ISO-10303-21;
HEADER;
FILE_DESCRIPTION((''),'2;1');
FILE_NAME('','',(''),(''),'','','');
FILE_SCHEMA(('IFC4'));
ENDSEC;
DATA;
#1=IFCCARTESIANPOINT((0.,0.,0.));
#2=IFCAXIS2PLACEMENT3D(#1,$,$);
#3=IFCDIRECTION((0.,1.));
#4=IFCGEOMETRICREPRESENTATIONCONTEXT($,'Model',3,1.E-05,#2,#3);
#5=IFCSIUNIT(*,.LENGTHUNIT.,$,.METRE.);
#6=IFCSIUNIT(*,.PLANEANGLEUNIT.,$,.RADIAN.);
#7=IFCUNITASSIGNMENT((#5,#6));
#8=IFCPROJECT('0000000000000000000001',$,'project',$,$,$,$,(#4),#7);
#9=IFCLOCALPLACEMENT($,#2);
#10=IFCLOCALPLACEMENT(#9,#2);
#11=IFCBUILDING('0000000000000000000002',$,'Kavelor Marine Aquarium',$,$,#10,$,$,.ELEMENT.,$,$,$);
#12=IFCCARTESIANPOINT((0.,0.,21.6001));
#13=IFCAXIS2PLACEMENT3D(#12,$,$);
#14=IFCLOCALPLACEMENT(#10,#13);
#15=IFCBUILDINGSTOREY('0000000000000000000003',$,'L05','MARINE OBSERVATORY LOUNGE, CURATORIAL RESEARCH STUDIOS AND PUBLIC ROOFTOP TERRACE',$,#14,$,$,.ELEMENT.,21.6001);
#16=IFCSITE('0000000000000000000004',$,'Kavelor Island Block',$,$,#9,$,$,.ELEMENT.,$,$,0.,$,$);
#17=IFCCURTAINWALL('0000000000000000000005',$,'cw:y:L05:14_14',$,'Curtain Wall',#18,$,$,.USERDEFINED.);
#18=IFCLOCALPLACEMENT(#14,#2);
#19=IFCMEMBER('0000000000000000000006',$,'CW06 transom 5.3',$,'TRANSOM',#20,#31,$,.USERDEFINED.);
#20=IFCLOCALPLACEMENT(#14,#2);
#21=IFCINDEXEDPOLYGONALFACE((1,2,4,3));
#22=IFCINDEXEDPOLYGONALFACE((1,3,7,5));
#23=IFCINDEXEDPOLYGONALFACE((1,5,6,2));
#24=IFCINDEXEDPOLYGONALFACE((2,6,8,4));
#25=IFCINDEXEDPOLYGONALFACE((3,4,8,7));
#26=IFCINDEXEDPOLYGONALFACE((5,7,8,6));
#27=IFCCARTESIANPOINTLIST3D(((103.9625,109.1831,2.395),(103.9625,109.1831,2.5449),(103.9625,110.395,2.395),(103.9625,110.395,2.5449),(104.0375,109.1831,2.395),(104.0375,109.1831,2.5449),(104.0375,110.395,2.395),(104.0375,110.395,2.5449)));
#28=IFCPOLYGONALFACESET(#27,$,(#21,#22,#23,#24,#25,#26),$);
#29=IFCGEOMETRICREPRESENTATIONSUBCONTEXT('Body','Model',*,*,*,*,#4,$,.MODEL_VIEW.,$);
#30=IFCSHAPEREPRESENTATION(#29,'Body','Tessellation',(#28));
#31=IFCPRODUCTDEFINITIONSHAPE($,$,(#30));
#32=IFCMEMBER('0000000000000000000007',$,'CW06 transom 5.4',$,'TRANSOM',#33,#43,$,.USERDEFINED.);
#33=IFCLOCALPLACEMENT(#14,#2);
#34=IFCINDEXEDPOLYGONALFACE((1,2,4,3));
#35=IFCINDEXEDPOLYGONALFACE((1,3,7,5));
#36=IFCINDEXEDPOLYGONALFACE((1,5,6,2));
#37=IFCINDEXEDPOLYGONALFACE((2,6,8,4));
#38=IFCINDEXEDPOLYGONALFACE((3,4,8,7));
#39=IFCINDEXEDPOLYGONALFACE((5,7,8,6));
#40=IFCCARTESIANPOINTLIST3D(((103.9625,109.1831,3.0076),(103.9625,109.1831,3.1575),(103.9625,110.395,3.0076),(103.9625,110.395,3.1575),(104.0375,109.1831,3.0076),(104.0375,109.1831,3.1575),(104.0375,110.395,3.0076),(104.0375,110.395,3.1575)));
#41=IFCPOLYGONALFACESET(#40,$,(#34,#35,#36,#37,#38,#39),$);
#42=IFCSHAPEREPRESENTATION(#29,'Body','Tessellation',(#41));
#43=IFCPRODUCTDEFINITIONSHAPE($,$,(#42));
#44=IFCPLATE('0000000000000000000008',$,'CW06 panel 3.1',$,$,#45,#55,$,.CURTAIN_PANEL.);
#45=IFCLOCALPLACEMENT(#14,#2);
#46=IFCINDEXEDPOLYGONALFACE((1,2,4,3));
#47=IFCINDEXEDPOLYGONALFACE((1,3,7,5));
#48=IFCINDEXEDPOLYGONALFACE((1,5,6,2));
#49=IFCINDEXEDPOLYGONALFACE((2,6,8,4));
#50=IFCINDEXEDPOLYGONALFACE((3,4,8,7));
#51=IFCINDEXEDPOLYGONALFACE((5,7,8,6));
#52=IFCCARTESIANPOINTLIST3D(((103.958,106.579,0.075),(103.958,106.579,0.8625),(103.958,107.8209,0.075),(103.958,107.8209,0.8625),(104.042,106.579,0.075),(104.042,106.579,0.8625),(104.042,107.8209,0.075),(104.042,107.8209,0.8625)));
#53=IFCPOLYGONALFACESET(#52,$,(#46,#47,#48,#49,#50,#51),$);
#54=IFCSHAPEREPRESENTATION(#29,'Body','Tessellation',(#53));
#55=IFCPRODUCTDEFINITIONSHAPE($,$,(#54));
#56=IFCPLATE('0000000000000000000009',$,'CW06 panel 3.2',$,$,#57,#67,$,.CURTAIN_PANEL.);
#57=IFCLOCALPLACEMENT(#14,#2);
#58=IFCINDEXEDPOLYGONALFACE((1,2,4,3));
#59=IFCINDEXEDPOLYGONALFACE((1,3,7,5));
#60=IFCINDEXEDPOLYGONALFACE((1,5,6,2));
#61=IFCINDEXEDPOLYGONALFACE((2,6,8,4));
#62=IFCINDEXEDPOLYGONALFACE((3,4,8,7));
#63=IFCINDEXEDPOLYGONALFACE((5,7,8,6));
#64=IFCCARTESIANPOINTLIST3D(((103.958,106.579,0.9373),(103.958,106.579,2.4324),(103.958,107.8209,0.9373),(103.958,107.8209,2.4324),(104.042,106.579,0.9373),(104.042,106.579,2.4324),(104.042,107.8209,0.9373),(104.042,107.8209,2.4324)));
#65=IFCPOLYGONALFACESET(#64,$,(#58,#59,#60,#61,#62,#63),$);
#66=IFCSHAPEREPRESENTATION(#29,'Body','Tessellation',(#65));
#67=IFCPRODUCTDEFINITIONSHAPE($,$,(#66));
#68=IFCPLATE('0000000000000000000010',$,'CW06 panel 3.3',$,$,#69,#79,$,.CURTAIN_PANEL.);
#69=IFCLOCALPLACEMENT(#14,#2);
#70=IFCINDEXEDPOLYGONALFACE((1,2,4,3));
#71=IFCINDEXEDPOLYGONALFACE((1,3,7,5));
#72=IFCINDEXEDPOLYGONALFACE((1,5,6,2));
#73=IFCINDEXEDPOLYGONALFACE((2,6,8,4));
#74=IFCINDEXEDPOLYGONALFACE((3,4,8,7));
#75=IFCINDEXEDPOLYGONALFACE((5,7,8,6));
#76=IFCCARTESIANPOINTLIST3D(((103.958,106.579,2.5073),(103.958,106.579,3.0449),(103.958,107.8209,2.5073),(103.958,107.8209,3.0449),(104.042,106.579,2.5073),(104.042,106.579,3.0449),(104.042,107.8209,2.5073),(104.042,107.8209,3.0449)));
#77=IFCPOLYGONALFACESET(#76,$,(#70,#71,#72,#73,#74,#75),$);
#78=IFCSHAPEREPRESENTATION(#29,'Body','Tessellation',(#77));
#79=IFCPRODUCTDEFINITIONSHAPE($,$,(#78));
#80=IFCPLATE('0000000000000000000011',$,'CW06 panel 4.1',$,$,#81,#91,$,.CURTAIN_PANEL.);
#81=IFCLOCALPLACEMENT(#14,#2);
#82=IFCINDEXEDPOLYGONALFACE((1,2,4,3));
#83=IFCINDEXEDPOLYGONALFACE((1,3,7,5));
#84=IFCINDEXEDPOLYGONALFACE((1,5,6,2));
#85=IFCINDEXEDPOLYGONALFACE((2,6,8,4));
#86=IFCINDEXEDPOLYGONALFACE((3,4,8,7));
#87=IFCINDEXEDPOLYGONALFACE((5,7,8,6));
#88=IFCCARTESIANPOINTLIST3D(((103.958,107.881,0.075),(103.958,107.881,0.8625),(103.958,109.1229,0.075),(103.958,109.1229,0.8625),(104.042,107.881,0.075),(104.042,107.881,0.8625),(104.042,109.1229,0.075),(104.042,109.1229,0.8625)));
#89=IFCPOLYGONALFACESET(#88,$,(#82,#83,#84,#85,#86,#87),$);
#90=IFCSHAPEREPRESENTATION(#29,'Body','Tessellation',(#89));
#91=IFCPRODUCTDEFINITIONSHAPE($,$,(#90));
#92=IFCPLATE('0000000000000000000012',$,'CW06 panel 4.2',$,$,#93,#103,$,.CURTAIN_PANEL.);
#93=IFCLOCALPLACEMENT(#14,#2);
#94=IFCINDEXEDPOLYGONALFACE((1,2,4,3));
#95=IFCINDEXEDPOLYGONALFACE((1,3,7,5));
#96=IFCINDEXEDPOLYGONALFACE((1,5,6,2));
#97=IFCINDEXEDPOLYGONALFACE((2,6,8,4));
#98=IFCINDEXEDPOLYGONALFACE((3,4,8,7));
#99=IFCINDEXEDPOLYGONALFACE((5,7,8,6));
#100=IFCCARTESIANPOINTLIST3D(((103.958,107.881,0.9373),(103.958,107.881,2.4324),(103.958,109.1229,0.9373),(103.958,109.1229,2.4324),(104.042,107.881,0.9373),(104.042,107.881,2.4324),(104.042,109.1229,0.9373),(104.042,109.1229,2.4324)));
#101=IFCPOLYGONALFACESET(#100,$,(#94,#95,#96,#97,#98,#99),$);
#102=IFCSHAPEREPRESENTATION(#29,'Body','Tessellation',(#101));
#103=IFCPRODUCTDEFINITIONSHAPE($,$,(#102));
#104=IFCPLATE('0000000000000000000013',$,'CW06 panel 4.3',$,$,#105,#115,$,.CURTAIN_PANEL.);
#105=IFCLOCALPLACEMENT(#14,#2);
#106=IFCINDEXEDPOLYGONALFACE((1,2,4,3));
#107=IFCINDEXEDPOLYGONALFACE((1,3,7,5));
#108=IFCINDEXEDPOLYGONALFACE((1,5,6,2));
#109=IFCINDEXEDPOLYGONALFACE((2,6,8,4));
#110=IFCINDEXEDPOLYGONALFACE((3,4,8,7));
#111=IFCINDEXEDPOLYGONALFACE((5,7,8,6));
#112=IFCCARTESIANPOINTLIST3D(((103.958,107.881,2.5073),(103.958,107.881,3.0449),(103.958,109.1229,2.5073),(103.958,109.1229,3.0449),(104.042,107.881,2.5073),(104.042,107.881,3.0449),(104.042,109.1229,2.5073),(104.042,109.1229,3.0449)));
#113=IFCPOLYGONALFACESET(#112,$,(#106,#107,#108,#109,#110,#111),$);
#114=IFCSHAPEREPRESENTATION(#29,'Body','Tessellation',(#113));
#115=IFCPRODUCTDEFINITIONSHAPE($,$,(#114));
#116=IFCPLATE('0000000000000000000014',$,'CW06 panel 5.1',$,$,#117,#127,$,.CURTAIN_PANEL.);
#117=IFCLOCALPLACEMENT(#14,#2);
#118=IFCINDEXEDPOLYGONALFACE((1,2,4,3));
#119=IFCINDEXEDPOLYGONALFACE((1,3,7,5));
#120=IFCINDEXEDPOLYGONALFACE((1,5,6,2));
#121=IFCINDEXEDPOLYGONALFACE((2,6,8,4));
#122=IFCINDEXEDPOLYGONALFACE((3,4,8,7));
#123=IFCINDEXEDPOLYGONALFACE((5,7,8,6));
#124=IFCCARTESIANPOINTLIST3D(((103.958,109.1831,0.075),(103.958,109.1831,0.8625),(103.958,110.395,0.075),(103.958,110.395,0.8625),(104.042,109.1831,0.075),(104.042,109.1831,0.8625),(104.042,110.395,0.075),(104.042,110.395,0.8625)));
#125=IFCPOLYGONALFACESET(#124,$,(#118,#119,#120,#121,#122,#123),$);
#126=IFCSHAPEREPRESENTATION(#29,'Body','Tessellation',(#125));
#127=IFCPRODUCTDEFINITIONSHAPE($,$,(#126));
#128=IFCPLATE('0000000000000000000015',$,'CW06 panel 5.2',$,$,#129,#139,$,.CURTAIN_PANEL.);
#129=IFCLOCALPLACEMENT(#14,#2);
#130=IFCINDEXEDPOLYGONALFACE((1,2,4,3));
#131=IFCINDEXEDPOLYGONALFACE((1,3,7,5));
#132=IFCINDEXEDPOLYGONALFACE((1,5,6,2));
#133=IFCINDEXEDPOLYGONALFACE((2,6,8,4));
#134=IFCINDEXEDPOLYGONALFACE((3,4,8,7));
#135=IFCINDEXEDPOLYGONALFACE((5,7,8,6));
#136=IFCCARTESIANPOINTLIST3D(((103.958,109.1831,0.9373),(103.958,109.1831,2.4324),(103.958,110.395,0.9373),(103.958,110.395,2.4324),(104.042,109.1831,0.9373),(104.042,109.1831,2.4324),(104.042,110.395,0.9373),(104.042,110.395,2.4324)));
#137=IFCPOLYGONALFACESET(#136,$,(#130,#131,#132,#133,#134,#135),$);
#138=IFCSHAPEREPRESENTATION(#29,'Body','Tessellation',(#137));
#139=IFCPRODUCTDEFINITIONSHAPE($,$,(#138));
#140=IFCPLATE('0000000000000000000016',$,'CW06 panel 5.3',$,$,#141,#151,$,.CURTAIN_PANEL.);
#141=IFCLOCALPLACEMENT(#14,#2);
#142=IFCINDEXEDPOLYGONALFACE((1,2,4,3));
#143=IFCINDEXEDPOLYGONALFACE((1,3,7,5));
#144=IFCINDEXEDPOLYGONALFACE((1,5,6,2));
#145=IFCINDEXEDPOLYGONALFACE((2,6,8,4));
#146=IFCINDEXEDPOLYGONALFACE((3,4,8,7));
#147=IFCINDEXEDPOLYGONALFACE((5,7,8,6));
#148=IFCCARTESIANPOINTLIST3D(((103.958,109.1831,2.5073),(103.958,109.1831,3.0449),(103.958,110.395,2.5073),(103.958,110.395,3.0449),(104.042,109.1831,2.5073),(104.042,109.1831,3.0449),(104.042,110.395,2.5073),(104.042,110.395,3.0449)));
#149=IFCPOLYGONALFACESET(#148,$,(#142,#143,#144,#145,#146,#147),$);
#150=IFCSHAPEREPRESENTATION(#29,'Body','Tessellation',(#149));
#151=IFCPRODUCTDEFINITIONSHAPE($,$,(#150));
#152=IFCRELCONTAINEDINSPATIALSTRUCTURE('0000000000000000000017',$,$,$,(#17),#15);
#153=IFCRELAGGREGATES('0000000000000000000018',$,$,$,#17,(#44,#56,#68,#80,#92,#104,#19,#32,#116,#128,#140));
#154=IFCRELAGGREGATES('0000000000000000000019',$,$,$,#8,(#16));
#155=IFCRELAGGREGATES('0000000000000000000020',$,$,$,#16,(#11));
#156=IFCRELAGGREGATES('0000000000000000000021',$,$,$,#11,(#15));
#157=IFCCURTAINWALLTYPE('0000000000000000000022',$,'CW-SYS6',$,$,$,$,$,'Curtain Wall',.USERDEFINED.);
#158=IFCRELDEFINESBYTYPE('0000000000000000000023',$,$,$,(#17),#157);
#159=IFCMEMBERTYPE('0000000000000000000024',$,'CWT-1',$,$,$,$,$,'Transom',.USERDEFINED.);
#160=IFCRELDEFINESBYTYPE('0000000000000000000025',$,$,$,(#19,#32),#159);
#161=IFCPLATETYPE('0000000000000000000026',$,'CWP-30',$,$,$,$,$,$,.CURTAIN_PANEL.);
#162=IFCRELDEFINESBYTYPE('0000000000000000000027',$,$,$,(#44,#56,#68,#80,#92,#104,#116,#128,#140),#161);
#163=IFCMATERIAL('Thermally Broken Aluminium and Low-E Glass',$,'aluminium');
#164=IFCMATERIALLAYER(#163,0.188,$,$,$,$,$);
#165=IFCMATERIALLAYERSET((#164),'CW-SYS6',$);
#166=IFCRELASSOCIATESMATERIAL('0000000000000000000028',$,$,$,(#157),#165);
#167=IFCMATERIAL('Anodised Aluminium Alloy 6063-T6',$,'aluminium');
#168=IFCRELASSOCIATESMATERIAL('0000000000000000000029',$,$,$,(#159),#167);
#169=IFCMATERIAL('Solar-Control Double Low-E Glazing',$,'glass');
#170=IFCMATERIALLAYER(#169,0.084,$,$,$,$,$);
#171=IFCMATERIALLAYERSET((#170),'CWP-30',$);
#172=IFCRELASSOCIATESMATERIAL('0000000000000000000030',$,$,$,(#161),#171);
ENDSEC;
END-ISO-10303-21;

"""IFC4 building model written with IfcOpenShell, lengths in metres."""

from ifc_helpers import new_model, si_unit, direction, frame, origin, origin_2d, place, context, subcontext, project, spatial, rectangle, extrude, material, layer, layer_set, material_profile, profile_set, type_object, element, aggregate, save


model = new_model("IFC4")

# Units and contexts
model_context = context("Model", 3, precision=1e-05, world=origin(), true_north=direction((0.0, 1.0)))
body_context = subcontext(model_context, "Body", "Model", "MODEL_VIEW")
ifc_project = project(units=[si_unit("LENGTHUNIT", "METRE"), si_unit("PLANEANGLEUNIT", "RADIAN")], contexts=[model_context])

# Site, building, storey
site_placement = place(None, origin())
site = spatial("IfcSite", under=ifc_project, at=site_placement, Name="Kavelor Island Block", CompositionType="ELEMENT", RefElevation=0.0)
building_placement = place(site_placement, origin())
building = spatial("IfcBuilding", under=site, at=building_placement, Name="Kavelor Marine Aquarium", CompositionType="ELEMENT")
storey_placement = place(building_placement, frame((0.0, 0.0, 21.6001)))
storey = spatial("IfcBuildingStorey", under=building, at=storey_placement, Name="L05", Description="MARINE OBSERVATORY LOUNGE, CURATORIAL RESEARCH STUDIOS AND PUBLIC ROOFTOP TERRACE", CompositionType="ELEMENT", Elevation=21.6001)

# Curtain wall, members, plates
ifc_material_1 = material(Name="Thermally Broken Aluminium and Low-E Glass", Category="aluminium")
ifc_layer_1 = layer(ifc_material_1, 0.188)
ifc_layer_set_1 = layer_set([ifc_layer_1], Name="CW-SYS6")
curtain_wall_type = type_object("IfcCurtainWallType", Name="CW-SYS6", ElementType="Curtain Wall", PredefinedType="USERDEFINED", material=ifc_layer_set_1)
curtain_wall_placement = place(storey_placement, origin())
curtain_wall = element("IfcCurtainWall", 1, at=curtain_wall_placement, inside=storey, type_object=curtain_wall_type, Name="cw:y:L05:14_14", ObjectType="Curtain Wall", PredefinedType="USERDEFINED")
ifc_material_2 = material(Name="Anodised Aluminium Alloy 6063-T6", Category="aluminium")
ifc_material_profile_1 = material_profile(ifc_material_2, rectangle(XDim=0.075, YDim=0.1499, at=origin_2d()), Name="CW-TRN 75x150")
ifc_profile_set_1 = profile_set([ifc_material_profile_1], Name="Anodised Aluminium Alloy 6063-T6")
member_type_1 = type_object("IfcMemberType", Name="CWT-1", ElementType="Transom", PredefinedType="USERDEFINED", material=ifc_profile_set_1)
member_1_placement = place(storey_placement, frame((104.0, 109.1831, 2.47), z_axis=(0.0, 1.0, 0.0), x_axis=(-1.0, 0.0, 0.0)))
member_1 = element("IfcMember", 2, at=member_1_placement, type_object=member_type_1, Name="CW06 transom 5.3", ObjectType="TRANSOM", PredefinedType="USERDEFINED", context=body_context, shape_type="SweptSolid", body=[
    extrude(rectangle(XDim=0.075, YDim=0.1499, at=origin_2d()), origin(), (0.0, 0.0, 1.0), 1.2119),
])
member_2_placement = place(storey_placement, frame((104.0, 109.1831, 3.0825), z_axis=(0.0, 1.0, 0.0), x_axis=(-1.0, 0.0, 0.0)))
member_2 = element("IfcMember", 3, at=member_2_placement, type_object=member_type_1, Name="CW06 transom 5.4", ObjectType="TRANSOM", PredefinedType="USERDEFINED", context=body_context, shape_type="SweptSolid", body=[
    extrude(rectangle(XDim=0.075, YDim=0.1499, at=origin_2d()), origin(), (0.0, 0.0, 1.0), 1.2119),
])
ifc_material_3 = material(Name="Solar-Control Double Low-E Glazing", Category="glass")
ifc_layer_2 = layer(ifc_material_3, 0.084)
ifc_layer_set_2 = layer_set([ifc_layer_2], Name="CWP-30")
plate_type = type_object("IfcPlateType", Name="CWP-30", PredefinedType="CURTAIN_PANEL", material=ifc_layer_set_2)
plate_1_placement = place(storey_placement, frame((104.0, 107.2, 0.075), z_axis=(0.0, 0.0, 1.0), x_axis=(0.0, 1.0, 0.0)))
plate_1 = element("IfcPlate", 4, at=plate_1_placement, type_object=plate_type, Name="CW06 panel 3.1", PredefinedType="CURTAIN_PANEL", context=body_context, shape_type="SweptSolid", body=[
    extrude(rectangle(XDim=1.2419, YDim=0.084, at=origin_2d()), origin(), (0.0, 0.0, 1.0), 0.7876),
])
plate_2_placement = place(storey_placement, frame((104.0, 107.2, 0.9373), z_axis=(0.0, 0.0, 1.0), x_axis=(0.0, 1.0, 0.0)))
plate_2 = element("IfcPlate", 5, at=plate_2_placement, type_object=plate_type, Name="CW06 panel 3.2", PredefinedType="CURTAIN_PANEL", context=body_context, shape_type="SweptSolid", body=[
    extrude(rectangle(XDim=1.2419, YDim=0.084, at=origin_2d()), origin(), (0.0, 0.0, 1.0), 1.4951),
])
plate_3_placement = place(storey_placement, frame((104.0, 107.2, 2.5073), z_axis=(0.0, 0.0, 1.0), x_axis=(0.0, 1.0, 0.0)))
plate_3 = element("IfcPlate", 6, at=plate_3_placement, type_object=plate_type, Name="CW06 panel 3.3", PredefinedType="CURTAIN_PANEL", context=body_context, shape_type="SweptSolid", body=[
    extrude(rectangle(XDim=1.2419, YDim=0.084, at=origin_2d()), origin(), (0.0, 0.0, 1.0), 0.5376),
])
plate_4_placement = place(storey_placement, frame((104.0, 108.502, 0.075), z_axis=(0.0, 0.0, 1.0), x_axis=(0.0, 1.0, 0.0)))
plate_4 = element("IfcPlate", 7, at=plate_4_placement, type_object=plate_type, Name="CW06 panel 4.1", PredefinedType="CURTAIN_PANEL", context=body_context, shape_type="SweptSolid", body=[
    extrude(rectangle(XDim=1.2419, YDim=0.084, at=origin_2d()), origin(), (0.0, 0.0, 1.0), 0.7876),
])
plate_5_placement = place(storey_placement, frame((104.0, 108.502, 0.9373), z_axis=(0.0, 0.0, 1.0), x_axis=(0.0, 1.0, 0.0)))
plate_5 = element("IfcPlate", 8, at=plate_5_placement, type_object=plate_type, Name="CW06 panel 4.2", PredefinedType="CURTAIN_PANEL", context=body_context, shape_type="SweptSolid", body=[
    extrude(rectangle(XDim=1.2419, YDim=0.084, at=origin_2d()), origin(), (0.0, 0.0, 1.0), 1.4951),
])
plate_6_placement = place(storey_placement, frame((104.0, 108.502, 2.5073), z_axis=(0.0, 0.0, 1.0), x_axis=(0.0, 1.0, 0.0)))
plate_6 = element("IfcPlate", 9, at=plate_6_placement, type_object=plate_type, Name="CW06 panel 4.3", PredefinedType="CURTAIN_PANEL", context=body_context, shape_type="SweptSolid", body=[
    extrude(rectangle(XDim=1.2419, YDim=0.084, at=origin_2d()), origin(), (0.0, 0.0, 1.0), 0.5376),
])
plate_7_placement = place(storey_placement, frame((104.0, 109.7891, 0.075), z_axis=(0.0, 0.0, 1.0), x_axis=(0.0, 1.0, 0.0)))
plate_7 = element("IfcPlate", 10, at=plate_7_placement, type_object=plate_type, Name="CW06 panel 5.1", PredefinedType="CURTAIN_PANEL", context=body_context, shape_type="SweptSolid", body=[
    extrude(rectangle(XDim=1.2119, YDim=0.084, at=origin_2d()), origin(), (0.0, 0.0, 1.0), 0.7876),
])
plate_8_placement = place(storey_placement, frame((104.0, 109.7891, 0.9373), z_axis=(0.0, 0.0, 1.0), x_axis=(0.0, 1.0, 0.0)))
plate_8 = element("IfcPlate", 11, at=plate_8_placement, type_object=plate_type, Name="CW06 panel 5.2", PredefinedType="CURTAIN_PANEL", context=body_context, shape_type="SweptSolid", body=[
    extrude(rectangle(XDim=1.2119, YDim=0.084, at=origin_2d()), origin(), (0.0, 0.0, 1.0), 1.4951),
])
plate_9_placement = place(storey_placement, frame((104.0, 109.7891, 2.5073), z_axis=(0.0, 0.0, 1.0), x_axis=(0.0, 1.0, 0.0)))
plate_9 = element("IfcPlate", 12, at=plate_9_placement, type_object=plate_type, Name="CW06 panel 5.3", PredefinedType="CURTAIN_PANEL", context=body_context, shape_type="SweptSolid", body=[
    extrude(rectangle(XDim=1.2119, YDim=0.084, at=origin_2d()), origin(), (0.0, 0.0, 1.0), 0.5376),
])
aggregate(curtain_wall, [plate_1, plate_2, plate_3, plate_4, plate_5, plate_6, member_1, member_2, plate_7, plate_8, plate_9])

save(model, "model.ifc")
